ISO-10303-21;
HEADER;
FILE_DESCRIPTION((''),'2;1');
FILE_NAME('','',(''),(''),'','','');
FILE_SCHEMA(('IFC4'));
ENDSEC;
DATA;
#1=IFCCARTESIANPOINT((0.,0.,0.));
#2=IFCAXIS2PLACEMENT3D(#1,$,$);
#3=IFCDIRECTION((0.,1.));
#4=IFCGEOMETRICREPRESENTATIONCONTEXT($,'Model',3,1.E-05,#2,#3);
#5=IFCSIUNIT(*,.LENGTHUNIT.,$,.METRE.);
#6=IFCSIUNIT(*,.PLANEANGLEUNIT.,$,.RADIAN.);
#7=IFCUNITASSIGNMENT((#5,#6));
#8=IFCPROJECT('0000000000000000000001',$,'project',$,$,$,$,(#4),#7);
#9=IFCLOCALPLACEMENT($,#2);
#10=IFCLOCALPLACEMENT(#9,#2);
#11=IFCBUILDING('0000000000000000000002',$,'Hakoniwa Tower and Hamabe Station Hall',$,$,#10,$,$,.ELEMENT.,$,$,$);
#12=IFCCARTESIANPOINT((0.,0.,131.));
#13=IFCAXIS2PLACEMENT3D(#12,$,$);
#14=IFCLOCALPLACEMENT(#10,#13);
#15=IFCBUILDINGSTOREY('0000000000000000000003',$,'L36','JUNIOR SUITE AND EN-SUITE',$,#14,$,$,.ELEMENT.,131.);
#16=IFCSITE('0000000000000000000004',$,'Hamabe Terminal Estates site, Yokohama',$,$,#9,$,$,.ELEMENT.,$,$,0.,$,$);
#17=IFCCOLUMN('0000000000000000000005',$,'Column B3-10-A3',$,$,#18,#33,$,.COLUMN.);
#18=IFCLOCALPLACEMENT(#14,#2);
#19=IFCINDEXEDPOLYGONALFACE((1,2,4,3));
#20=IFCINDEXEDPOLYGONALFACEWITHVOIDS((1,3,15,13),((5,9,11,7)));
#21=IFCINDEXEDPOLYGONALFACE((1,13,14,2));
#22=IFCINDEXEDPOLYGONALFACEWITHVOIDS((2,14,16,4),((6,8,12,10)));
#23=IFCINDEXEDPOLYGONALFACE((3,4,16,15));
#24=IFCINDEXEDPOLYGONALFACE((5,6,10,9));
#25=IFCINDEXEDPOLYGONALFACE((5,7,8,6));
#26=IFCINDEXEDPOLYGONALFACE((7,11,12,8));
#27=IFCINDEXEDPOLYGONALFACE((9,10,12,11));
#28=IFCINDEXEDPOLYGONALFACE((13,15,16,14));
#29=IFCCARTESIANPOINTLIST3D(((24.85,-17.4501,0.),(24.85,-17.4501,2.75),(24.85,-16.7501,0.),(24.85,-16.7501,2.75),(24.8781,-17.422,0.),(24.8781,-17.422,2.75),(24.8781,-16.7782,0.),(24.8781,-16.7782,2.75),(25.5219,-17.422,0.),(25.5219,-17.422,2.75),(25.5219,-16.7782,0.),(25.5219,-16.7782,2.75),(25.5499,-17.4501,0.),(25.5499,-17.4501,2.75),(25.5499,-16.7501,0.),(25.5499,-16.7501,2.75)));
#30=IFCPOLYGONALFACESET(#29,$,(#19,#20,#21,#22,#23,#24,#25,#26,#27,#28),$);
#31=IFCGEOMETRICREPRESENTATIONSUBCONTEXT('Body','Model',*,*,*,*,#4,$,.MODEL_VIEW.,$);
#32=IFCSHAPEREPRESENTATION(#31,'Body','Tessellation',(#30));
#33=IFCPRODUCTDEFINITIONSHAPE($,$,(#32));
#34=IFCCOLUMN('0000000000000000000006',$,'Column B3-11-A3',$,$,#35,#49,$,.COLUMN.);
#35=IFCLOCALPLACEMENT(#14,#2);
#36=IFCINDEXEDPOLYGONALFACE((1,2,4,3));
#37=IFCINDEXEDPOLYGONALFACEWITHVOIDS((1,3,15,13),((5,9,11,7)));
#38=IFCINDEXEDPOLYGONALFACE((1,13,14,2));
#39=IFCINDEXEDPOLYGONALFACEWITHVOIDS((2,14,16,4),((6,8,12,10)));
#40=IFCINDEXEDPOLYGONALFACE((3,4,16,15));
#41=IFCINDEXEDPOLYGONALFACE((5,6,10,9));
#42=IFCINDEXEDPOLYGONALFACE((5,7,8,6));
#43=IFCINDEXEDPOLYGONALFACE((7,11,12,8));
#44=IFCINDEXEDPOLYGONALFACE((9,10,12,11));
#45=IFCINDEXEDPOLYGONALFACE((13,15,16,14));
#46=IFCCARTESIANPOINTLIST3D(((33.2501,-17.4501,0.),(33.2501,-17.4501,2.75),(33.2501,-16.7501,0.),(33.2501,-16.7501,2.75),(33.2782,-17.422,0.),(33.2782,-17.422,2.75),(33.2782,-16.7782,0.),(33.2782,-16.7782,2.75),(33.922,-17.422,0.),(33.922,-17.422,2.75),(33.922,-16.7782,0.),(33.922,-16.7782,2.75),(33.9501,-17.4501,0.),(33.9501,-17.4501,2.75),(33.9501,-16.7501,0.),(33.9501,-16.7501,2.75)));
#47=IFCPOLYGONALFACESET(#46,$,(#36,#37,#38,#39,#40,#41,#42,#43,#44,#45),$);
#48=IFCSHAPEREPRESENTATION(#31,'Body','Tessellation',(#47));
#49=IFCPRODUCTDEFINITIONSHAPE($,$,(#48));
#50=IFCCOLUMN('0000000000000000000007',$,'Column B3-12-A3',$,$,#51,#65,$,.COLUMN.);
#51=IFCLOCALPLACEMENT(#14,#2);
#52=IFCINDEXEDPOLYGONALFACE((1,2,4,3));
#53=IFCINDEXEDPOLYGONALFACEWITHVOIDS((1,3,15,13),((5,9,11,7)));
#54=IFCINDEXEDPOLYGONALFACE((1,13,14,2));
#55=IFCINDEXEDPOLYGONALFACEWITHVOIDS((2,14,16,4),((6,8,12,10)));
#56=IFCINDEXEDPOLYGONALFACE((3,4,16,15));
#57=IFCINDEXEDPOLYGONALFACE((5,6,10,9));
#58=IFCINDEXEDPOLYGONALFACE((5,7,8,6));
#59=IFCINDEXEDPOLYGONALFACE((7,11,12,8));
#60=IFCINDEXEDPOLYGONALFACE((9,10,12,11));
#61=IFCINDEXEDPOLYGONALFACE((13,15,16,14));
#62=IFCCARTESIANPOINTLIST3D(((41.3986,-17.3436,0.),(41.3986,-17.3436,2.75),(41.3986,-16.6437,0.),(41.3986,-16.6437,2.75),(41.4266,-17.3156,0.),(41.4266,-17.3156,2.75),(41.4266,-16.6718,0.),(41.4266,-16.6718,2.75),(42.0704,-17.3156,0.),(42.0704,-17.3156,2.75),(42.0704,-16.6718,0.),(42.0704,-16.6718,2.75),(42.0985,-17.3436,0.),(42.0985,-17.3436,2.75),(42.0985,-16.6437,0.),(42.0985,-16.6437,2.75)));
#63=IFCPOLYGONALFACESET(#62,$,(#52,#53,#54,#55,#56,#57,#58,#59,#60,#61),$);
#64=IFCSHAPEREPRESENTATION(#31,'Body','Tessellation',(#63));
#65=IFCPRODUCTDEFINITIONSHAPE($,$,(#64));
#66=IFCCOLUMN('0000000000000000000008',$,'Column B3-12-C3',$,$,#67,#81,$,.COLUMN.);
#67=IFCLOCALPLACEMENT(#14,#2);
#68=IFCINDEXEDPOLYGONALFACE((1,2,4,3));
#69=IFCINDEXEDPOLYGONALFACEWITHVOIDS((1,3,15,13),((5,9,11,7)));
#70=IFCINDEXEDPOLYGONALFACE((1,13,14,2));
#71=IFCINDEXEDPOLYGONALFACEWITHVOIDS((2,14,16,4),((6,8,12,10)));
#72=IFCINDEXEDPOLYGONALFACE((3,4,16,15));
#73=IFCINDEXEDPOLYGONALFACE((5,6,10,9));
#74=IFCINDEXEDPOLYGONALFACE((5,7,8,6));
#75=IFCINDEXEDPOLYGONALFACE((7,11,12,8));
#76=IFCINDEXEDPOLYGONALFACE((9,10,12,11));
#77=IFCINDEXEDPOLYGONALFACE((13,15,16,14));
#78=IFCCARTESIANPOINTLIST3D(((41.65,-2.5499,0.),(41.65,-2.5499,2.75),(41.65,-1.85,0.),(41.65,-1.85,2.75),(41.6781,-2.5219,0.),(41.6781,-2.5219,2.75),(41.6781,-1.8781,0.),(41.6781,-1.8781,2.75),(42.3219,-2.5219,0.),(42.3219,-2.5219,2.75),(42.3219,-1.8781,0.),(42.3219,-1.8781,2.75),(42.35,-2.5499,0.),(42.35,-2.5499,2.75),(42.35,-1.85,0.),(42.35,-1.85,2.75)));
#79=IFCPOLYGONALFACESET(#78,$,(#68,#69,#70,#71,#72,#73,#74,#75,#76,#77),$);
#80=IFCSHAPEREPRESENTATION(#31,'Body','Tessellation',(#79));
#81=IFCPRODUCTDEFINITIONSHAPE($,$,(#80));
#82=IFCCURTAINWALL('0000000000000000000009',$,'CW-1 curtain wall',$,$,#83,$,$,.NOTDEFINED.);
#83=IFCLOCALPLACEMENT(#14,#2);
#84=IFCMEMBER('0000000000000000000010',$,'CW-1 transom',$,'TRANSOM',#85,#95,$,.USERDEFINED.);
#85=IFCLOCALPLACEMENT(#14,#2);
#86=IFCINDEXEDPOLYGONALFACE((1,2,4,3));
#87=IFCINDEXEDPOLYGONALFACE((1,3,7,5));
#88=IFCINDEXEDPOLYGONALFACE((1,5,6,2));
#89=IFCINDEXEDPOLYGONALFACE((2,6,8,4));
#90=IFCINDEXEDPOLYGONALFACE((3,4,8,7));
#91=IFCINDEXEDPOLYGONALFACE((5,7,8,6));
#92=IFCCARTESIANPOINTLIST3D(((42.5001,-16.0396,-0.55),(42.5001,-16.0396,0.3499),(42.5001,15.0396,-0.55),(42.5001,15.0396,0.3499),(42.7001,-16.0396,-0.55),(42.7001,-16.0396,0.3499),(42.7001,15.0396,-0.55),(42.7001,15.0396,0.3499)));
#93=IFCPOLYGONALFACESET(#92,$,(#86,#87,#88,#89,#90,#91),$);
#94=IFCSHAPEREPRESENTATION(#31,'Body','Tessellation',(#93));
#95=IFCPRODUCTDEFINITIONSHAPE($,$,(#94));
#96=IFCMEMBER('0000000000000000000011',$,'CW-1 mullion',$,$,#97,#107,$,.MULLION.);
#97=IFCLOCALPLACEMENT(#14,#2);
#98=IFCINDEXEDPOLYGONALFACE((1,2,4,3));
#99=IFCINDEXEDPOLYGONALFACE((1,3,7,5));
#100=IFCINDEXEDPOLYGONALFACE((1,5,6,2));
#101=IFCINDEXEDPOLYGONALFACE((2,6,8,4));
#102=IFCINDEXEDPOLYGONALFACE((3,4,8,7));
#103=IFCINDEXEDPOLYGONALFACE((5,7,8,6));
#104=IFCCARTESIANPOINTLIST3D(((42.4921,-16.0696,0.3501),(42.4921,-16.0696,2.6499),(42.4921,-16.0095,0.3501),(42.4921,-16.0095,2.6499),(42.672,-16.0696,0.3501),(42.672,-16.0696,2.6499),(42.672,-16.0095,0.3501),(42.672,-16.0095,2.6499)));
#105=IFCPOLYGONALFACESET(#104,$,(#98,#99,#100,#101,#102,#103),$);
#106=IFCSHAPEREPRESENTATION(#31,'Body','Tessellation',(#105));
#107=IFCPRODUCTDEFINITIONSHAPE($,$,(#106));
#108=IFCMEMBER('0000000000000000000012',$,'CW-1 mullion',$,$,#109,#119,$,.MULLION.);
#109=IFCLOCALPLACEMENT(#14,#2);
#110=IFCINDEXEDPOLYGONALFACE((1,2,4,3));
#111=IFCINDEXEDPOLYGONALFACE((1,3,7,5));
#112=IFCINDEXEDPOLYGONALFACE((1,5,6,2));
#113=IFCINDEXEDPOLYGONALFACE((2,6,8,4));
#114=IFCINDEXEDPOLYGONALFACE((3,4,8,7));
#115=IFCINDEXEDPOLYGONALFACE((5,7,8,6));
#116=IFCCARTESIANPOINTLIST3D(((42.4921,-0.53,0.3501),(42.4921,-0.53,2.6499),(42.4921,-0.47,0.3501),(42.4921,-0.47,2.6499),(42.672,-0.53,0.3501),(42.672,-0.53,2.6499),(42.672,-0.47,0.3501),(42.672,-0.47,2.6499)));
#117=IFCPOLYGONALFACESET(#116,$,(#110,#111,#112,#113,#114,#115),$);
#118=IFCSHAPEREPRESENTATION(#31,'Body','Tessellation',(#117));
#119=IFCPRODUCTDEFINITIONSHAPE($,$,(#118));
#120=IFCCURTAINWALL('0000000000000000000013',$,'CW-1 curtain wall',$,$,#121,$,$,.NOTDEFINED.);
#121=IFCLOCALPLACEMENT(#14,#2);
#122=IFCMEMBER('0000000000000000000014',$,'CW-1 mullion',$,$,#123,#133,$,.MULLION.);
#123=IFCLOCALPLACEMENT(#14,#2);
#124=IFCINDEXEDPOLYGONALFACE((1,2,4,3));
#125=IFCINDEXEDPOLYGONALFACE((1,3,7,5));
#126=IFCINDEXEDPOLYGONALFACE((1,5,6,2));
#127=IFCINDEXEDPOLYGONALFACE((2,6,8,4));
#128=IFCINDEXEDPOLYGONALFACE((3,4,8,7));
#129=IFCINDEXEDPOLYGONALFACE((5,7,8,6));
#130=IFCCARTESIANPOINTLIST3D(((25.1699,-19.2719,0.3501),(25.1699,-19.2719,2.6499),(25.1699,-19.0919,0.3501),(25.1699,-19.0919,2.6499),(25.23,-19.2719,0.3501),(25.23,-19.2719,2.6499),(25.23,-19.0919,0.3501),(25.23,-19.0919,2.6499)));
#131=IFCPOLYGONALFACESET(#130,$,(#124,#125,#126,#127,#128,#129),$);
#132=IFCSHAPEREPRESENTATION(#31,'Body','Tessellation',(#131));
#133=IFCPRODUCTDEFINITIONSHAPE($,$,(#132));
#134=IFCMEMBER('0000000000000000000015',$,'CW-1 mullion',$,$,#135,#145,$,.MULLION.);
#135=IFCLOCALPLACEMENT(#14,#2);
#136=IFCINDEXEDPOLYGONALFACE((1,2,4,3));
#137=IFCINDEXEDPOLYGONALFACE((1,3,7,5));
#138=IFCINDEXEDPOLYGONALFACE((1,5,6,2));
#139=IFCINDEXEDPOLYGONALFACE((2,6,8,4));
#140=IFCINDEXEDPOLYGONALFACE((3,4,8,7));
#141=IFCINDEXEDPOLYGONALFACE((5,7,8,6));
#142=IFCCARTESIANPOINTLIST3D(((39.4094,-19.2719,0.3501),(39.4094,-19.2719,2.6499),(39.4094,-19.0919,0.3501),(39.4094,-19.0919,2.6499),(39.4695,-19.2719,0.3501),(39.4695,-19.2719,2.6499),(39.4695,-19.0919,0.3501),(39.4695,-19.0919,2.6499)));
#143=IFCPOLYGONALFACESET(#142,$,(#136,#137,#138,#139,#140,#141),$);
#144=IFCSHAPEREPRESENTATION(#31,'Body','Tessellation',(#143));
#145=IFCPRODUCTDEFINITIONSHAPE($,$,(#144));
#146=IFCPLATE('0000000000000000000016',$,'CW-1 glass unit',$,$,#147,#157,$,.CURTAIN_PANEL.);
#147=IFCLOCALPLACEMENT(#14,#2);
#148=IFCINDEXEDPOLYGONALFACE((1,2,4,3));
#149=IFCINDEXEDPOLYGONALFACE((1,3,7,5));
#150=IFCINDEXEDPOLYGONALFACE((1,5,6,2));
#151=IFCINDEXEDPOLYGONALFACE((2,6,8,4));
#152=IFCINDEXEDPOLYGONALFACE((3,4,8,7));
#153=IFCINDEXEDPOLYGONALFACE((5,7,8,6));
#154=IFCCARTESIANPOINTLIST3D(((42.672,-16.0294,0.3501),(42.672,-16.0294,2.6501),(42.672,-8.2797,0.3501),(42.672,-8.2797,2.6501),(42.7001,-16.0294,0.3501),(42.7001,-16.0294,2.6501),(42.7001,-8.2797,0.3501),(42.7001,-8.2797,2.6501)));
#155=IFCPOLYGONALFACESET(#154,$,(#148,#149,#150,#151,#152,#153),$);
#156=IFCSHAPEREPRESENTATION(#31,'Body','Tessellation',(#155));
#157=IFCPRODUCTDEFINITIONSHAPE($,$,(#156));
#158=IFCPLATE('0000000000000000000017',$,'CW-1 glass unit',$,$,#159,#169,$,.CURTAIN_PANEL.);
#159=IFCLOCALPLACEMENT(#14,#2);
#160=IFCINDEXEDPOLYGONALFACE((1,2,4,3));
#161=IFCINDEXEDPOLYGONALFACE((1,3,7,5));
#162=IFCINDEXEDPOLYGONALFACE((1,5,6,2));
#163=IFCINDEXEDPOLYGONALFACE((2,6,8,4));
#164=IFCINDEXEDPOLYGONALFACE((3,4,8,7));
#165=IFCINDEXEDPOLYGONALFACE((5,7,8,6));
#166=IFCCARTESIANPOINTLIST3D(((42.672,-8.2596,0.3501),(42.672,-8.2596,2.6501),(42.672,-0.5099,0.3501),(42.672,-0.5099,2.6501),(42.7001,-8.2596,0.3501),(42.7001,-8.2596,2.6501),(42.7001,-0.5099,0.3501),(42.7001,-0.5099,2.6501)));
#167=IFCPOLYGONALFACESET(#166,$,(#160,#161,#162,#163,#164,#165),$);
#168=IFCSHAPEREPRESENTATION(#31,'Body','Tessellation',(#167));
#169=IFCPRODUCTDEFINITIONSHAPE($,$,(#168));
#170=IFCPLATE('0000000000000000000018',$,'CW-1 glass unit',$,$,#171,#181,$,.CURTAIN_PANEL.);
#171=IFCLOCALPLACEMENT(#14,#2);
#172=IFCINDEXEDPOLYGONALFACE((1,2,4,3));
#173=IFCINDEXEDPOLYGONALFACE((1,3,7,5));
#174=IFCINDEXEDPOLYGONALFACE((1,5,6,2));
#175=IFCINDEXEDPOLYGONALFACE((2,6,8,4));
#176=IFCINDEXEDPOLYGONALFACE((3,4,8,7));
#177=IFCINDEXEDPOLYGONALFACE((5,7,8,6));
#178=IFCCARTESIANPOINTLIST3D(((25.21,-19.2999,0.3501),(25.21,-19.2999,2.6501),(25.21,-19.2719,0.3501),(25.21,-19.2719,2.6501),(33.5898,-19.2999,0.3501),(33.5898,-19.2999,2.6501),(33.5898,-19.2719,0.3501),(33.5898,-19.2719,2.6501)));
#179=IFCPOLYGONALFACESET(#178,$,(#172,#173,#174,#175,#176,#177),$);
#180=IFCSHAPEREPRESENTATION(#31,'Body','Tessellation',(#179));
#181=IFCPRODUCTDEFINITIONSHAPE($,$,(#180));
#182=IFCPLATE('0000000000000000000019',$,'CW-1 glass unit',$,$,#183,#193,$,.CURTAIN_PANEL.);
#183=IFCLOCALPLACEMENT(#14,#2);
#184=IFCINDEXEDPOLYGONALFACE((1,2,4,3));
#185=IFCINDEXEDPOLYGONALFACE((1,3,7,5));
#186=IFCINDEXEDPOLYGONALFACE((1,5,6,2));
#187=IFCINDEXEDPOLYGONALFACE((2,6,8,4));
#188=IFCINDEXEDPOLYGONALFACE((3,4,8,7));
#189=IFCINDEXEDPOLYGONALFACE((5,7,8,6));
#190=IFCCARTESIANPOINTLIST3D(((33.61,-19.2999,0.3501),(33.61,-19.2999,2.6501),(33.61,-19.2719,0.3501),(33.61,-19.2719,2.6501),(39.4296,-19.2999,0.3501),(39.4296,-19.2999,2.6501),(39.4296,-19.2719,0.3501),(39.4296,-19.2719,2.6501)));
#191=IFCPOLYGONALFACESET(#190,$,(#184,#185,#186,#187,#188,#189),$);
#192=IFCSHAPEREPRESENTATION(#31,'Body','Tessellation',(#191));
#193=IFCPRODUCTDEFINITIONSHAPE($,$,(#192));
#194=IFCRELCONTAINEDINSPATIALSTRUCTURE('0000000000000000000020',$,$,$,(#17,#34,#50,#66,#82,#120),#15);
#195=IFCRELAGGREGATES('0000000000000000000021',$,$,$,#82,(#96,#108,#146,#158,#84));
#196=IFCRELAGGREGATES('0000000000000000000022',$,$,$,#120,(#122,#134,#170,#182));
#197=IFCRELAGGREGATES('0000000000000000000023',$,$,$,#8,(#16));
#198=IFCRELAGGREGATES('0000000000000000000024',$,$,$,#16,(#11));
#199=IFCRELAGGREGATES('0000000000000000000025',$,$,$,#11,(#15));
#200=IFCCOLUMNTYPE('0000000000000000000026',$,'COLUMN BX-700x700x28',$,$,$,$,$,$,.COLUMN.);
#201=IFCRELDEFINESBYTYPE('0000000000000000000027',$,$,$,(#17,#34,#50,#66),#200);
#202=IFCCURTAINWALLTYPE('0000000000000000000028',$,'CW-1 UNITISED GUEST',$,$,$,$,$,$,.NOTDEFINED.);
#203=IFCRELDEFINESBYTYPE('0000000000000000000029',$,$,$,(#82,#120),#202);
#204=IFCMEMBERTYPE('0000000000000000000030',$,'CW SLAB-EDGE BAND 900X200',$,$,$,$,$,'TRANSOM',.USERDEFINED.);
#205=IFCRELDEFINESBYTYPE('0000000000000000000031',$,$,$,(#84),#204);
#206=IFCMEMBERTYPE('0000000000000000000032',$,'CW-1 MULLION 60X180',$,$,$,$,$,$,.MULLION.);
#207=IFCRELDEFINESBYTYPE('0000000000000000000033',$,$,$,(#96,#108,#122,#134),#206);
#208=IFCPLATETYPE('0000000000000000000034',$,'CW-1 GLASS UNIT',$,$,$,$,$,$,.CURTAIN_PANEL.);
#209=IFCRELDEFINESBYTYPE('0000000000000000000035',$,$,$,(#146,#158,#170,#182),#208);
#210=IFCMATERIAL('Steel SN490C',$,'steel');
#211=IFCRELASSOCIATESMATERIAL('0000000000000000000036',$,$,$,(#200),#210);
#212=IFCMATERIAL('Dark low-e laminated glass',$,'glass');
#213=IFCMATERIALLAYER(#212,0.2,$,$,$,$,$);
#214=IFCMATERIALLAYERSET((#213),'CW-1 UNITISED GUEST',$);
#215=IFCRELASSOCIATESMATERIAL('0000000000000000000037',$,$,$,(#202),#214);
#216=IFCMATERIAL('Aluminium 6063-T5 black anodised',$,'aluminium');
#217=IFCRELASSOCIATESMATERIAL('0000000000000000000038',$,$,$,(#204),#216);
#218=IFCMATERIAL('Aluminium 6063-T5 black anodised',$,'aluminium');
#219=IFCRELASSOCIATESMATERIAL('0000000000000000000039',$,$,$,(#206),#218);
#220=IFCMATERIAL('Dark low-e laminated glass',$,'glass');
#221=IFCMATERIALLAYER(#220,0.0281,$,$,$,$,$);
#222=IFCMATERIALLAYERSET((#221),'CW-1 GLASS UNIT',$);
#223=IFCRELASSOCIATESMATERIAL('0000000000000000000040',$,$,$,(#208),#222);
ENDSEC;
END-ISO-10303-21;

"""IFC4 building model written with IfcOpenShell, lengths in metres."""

from ifc_helpers import new_model, si_unit, direction, frame, origin, origin_2d, place, context, subcontext, project, spatial, rectangle, hollow_rectangle, extrude, material, layer, layer_set, material_profile, profile_set, type_object, element, aggregate, save


model = new_model("IFC4")

# Units and contexts
model_context = context("Model", 3, precision=1e-05, world=origin(), true_north=direction((0.0, 1.0)))
body_context = subcontext(model_context, "Body", "Model", "MODEL_VIEW")
ifc_project = project(units=[si_unit("LENGTHUNIT", "METRE"), si_unit("PLANEANGLEUNIT", "RADIAN")], contexts=[model_context])

# Site, building, storey
site_placement = place(None, origin())
site = spatial("IfcSite", under=ifc_project, at=site_placement, Name="Hamabe Terminal Estates site, Yokohama", CompositionType="ELEMENT", RefElevation=0.0)
building_placement = place(site_placement, origin())
building = spatial("IfcBuilding", under=site, at=building_placement, Name="Hakoniwa Tower and Hamabe Station Hall", CompositionType="ELEMENT")
storey_placement = place(building_placement, frame((0.0, 0.0, 131.0)))
storey = spatial("IfcBuildingStorey", under=building, at=storey_placement, Name="L36", Description="JUNIOR SUITE AND EN-SUITE", CompositionType="ELEMENT", Elevation=131.0)

# Columns
ifc_material_1 = material(Name="Steel SN490C", Category="steel")
ifc_material_profile_1 = material_profile(ifc_material_1, hollow_rectangle(XDim=0.7, YDim=0.7, WallThickness=0.0281, at=origin_2d()), Name="BX-700x700x28")
ifc_profile_set_1 = profile_set([ifc_material_profile_1], Name="Steel SN490C")
column_type = type_object("IfcColumnType", Name="COLUMN BX-700x700x28", PredefinedType="COLUMN", material=ifc_profile_set_1)
for number, where, z_axis, x_axis, name in (
    (1, (25.2, -17.1001, 0.0), (0.0, 0.0, 1.0), (1.0, 0.0, 0.0), "Column B3-10-A3"),
    (2, (33.6001, -17.1001, 0.0), (0.0, 0.0, 1.0), (1.0, 0.0, 0.0), "Column B3-11-A3"),
    (3, (41.7485, -16.9937, 0.0), (0.0, 0.0, 1.0), (1.0, 0.0, 0.0), "Column B3-12-A3"),
    (4, (42.0, -2.2, 0.0), (0.0, 0.0, 1.0), (1.0, 0.0, 0.0), "Column B3-12-C3"),
):
    element("IfcColumn", number, at=place(storey_placement, frame(where, z_axis=z_axis, x_axis=x_axis)), inside=storey, type_object=column_type, Name=name, PredefinedType="COLUMN", context=body_context, shape_type="SweptSolid", body=[
        extrude(hollow_rectangle(XDim=0.7, YDim=0.7, WallThickness=0.0281, at=origin_2d()), origin(), (0.0, 0.0, 1.0), 2.75),
    ])

# Curtain walls, members
ifc_material_2 = material(Name="Dark low-e laminated glass", Category="glass")
ifc_layer_1 = layer(ifc_material_2, 0.2)
ifc_layer_set_1 = layer_set([ifc_layer_1], Name="CW-1 UNITISED GUEST")
curtain_wall_type = type_object("IfcCurtainWallType", Name="CW-1 UNITISED GUEST", PredefinedType="NOTDEFINED", material=ifc_layer_set_1)
curtain_wall_1_placement = place(storey_placement, origin())
curtain_wall_1 = element("IfcCurtainWall", 5, at=curtain_wall_1_placement, inside=storey, type_object=curtain_wall_type, Name="CW-1 curtain wall", PredefinedType="NOTDEFINED")
ifc_material_3 = material(Name="Aluminium 6063-T5 black anodised", Category="aluminium")
ifc_material_profile_2 = material_profile(ifc_material_3, rectangle(XDim=0.2, YDim=0.8999, at=origin_2d()), Name="CW SLAB-EDGE BAND 900X200")
ifc_profile_set_2 = profile_set([ifc_material_profile_2], Name="Aluminium 6063-T5 black anodised")
member_type_1 = type_object("IfcMemberType", Name="CW SLAB-EDGE BAND 900X200", ElementType="TRANSOM", PredefinedType="USERDEFINED", material=ifc_profile_set_2)
member_1_placement = place(storey_placement, frame((42.6001, -16.0396, -0.1001), z_axis=(0.0, 1.0, 0.0), x_axis=(-1.0, 0.0, 0.0)))
member_1 = element("IfcMember", 6, at=member_1_placement, type_object=member_type_1, Name="CW-1 transom", ObjectType="TRANSOM", PredefinedType="USERDEFINED", context=body_context, shape_type="SweptSolid", body=[
    extrude(rectangle(XDim=0.2, YDim=0.8999, at=origin_2d()), origin(), (0.0, 0.0, 1.0), 31.0791),
])
ifc_material_4 = material(Name="Aluminium 6063-T5 black anodised", Category="aluminium")
ifc_material_profile_3 = material_profile(ifc_material_4, rectangle(XDim=0.0601, YDim=0.1799, at=origin_2d()), Name="CW-1 MULLION 60X180")
ifc_profile_set_3 = profile_set([ifc_material_profile_3], Name="Aluminium 6063-T5 black anodised")
member_type_2 = type_object("IfcMemberType", Name="CW-1 MULLION 60X180", PredefinedType="MULLION", material=ifc_profile_set_3)
member_2_placement = place(storey_placement, frame((42.582, -16.0396, 0.3501), z_axis=(0.0, 0.0, 1.0), x_axis=(0.0, 1.0, 0.0)))
member_2 = element("IfcMember", 7, at=member_2_placement, type_object=member_type_2, Name="CW-1 mullion", PredefinedType="MULLION", context=body_context, shape_type="SweptSolid", body=[
    extrude(rectangle(XDim=0.0601, YDim=0.1799, at=origin_2d()), origin(), (0.0, 0.0, 1.0), 2.2998),
])
member_3_placement = place(storey_placement, frame((42.582, -0.5, 0.3501), z_axis=(0.0, 0.0, 1.0), x_axis=(0.0, 1.0, 0.0)))
member_3 = element("IfcMember", 8, at=member_3_placement, type_object=member_type_2, Name="CW-1 mullion", PredefinedType="MULLION", context=body_context, shape_type="SweptSolid", body=[
    extrude(rectangle(XDim=0.0601, YDim=0.1799, at=origin_2d()), origin(), (0.0, 0.0, 1.0), 2.2998),
])
curtain_wall_2_placement = place(storey_placement, origin())
curtain_wall_2 = element("IfcCurtainWall", 9, at=curtain_wall_2_placement, inside=storey, type_object=curtain_wall_type, Name="CW-1 curtain wall", PredefinedType="NOTDEFINED")
member_4_placement = place(storey_placement, frame((25.2, -19.1819, 0.3501), z_axis=(0.0, 0.0, 1.0), x_axis=(1.0, 0.0, 0.0)))
member_4 = element("IfcMember", 10, at=member_4_placement, type_object=member_type_2, Name="CW-1 mullion", PredefinedType="MULLION", context=body_context, shape_type="SweptSolid", body=[
    extrude(rectangle(XDim=0.0601, YDim=0.1799, at=origin_2d()), origin(), (0.0, 0.0, 1.0), 2.2998),
])
member_5_placement = place(storey_placement, frame((39.4395, -19.1819, 0.3501), z_axis=(0.0, 0.0, 1.0), x_axis=(1.0, 0.0, 0.0)))
member_5 = element("IfcMember", 11, at=member_5_placement, type_object=member_type_2, Name="CW-1 mullion", PredefinedType="MULLION", context=body_context, shape_type="SweptSolid", body=[
    extrude(rectangle(XDim=0.0601, YDim=0.1799, at=origin_2d()), origin(), (0.0, 0.0, 1.0), 2.2998),
])

# Plates
ifc_material_5 = material(Name="Dark low-e laminated glass", Category="glass")
ifc_layer_2 = layer(ifc_material_5, 0.0281)
ifc_layer_set_2 = layer_set([ifc_layer_2], Name="CW-1 GLASS UNIT")
plate_type = type_object("IfcPlateType", Name="CW-1 GLASS UNIT", PredefinedType="CURTAIN_PANEL", material=ifc_layer_set_2)
plate_1_placement = place(storey_placement, frame((42.686, -12.1545, 0.3501), z_axis=(0.0, 0.0, 1.0), x_axis=(0.0, 1.0, 0.0)))
plate_1 = element("IfcPlate", 12, at=plate_1_placement, type_object=plate_type, Name="CW-1 glass unit", PredefinedType="CURTAIN_PANEL", context=body_context, shape_type="SweptSolid", body=[
    extrude(rectangle(XDim=7.7498, YDim=0.0281, at=origin_2d()), origin(), (0.0, 0.0, 1.0), 2.3),
])
plate_2_placement = place(storey_placement, frame((42.686, -4.3848, 0.3501), z_axis=(0.0, 0.0, 1.0), x_axis=(0.0, 1.0, 0.0)))
plate_2 = element("IfcPlate", 13, at=plate_2_placement, type_object=plate_type, Name="CW-1 glass unit", PredefinedType="CURTAIN_PANEL", context=body_context, shape_type="SweptSolid", body=[
    extrude(rectangle(XDim=7.7498, YDim=0.0281, at=origin_2d()), origin(), (0.0, 0.0, 1.0), 2.3),
])
aggregate(curtain_wall_1, [member_2, member_3, plate_1, plate_2, member_1])
plate_3_placement = place(storey_placement, frame((29.3999, -19.2859, 0.3501), z_axis=(0.0, 0.0, 1.0), x_axis=(1.0, 0.0, 0.0)))
plate_3 = element("IfcPlate", 14, at=plate_3_placement, type_object=plate_type, Name="CW-1 glass unit", PredefinedType="CURTAIN_PANEL", context=body_context, shape_type="SweptSolid", body=[
    extrude(rectangle(XDim=8.3799, YDim=0.0281, at=origin_2d()), origin(), (0.0, 0.0, 1.0), 2.3),
])
plate_4_placement = place(storey_placement, frame((36.5198, -19.2859, 0.3501), z_axis=(0.0, 0.0, 1.0), x_axis=(1.0, 0.0, 0.0)))
plate_4 = element("IfcPlate", 15, at=plate_4_placement, type_object=plate_type, Name="CW-1 glass unit", PredefinedType="CURTAIN_PANEL", context=body_context, shape_type="SweptSolid", body=[
    extrude(rectangle(XDim=5.8196, YDim=0.0281, at=origin_2d()), origin(), (0.0, 0.0, 1.0), 2.3),
])
aggregate(curtain_wall_2, [member_4, member_5, plate_3, plate_4])

save(model, "model.ifc")
